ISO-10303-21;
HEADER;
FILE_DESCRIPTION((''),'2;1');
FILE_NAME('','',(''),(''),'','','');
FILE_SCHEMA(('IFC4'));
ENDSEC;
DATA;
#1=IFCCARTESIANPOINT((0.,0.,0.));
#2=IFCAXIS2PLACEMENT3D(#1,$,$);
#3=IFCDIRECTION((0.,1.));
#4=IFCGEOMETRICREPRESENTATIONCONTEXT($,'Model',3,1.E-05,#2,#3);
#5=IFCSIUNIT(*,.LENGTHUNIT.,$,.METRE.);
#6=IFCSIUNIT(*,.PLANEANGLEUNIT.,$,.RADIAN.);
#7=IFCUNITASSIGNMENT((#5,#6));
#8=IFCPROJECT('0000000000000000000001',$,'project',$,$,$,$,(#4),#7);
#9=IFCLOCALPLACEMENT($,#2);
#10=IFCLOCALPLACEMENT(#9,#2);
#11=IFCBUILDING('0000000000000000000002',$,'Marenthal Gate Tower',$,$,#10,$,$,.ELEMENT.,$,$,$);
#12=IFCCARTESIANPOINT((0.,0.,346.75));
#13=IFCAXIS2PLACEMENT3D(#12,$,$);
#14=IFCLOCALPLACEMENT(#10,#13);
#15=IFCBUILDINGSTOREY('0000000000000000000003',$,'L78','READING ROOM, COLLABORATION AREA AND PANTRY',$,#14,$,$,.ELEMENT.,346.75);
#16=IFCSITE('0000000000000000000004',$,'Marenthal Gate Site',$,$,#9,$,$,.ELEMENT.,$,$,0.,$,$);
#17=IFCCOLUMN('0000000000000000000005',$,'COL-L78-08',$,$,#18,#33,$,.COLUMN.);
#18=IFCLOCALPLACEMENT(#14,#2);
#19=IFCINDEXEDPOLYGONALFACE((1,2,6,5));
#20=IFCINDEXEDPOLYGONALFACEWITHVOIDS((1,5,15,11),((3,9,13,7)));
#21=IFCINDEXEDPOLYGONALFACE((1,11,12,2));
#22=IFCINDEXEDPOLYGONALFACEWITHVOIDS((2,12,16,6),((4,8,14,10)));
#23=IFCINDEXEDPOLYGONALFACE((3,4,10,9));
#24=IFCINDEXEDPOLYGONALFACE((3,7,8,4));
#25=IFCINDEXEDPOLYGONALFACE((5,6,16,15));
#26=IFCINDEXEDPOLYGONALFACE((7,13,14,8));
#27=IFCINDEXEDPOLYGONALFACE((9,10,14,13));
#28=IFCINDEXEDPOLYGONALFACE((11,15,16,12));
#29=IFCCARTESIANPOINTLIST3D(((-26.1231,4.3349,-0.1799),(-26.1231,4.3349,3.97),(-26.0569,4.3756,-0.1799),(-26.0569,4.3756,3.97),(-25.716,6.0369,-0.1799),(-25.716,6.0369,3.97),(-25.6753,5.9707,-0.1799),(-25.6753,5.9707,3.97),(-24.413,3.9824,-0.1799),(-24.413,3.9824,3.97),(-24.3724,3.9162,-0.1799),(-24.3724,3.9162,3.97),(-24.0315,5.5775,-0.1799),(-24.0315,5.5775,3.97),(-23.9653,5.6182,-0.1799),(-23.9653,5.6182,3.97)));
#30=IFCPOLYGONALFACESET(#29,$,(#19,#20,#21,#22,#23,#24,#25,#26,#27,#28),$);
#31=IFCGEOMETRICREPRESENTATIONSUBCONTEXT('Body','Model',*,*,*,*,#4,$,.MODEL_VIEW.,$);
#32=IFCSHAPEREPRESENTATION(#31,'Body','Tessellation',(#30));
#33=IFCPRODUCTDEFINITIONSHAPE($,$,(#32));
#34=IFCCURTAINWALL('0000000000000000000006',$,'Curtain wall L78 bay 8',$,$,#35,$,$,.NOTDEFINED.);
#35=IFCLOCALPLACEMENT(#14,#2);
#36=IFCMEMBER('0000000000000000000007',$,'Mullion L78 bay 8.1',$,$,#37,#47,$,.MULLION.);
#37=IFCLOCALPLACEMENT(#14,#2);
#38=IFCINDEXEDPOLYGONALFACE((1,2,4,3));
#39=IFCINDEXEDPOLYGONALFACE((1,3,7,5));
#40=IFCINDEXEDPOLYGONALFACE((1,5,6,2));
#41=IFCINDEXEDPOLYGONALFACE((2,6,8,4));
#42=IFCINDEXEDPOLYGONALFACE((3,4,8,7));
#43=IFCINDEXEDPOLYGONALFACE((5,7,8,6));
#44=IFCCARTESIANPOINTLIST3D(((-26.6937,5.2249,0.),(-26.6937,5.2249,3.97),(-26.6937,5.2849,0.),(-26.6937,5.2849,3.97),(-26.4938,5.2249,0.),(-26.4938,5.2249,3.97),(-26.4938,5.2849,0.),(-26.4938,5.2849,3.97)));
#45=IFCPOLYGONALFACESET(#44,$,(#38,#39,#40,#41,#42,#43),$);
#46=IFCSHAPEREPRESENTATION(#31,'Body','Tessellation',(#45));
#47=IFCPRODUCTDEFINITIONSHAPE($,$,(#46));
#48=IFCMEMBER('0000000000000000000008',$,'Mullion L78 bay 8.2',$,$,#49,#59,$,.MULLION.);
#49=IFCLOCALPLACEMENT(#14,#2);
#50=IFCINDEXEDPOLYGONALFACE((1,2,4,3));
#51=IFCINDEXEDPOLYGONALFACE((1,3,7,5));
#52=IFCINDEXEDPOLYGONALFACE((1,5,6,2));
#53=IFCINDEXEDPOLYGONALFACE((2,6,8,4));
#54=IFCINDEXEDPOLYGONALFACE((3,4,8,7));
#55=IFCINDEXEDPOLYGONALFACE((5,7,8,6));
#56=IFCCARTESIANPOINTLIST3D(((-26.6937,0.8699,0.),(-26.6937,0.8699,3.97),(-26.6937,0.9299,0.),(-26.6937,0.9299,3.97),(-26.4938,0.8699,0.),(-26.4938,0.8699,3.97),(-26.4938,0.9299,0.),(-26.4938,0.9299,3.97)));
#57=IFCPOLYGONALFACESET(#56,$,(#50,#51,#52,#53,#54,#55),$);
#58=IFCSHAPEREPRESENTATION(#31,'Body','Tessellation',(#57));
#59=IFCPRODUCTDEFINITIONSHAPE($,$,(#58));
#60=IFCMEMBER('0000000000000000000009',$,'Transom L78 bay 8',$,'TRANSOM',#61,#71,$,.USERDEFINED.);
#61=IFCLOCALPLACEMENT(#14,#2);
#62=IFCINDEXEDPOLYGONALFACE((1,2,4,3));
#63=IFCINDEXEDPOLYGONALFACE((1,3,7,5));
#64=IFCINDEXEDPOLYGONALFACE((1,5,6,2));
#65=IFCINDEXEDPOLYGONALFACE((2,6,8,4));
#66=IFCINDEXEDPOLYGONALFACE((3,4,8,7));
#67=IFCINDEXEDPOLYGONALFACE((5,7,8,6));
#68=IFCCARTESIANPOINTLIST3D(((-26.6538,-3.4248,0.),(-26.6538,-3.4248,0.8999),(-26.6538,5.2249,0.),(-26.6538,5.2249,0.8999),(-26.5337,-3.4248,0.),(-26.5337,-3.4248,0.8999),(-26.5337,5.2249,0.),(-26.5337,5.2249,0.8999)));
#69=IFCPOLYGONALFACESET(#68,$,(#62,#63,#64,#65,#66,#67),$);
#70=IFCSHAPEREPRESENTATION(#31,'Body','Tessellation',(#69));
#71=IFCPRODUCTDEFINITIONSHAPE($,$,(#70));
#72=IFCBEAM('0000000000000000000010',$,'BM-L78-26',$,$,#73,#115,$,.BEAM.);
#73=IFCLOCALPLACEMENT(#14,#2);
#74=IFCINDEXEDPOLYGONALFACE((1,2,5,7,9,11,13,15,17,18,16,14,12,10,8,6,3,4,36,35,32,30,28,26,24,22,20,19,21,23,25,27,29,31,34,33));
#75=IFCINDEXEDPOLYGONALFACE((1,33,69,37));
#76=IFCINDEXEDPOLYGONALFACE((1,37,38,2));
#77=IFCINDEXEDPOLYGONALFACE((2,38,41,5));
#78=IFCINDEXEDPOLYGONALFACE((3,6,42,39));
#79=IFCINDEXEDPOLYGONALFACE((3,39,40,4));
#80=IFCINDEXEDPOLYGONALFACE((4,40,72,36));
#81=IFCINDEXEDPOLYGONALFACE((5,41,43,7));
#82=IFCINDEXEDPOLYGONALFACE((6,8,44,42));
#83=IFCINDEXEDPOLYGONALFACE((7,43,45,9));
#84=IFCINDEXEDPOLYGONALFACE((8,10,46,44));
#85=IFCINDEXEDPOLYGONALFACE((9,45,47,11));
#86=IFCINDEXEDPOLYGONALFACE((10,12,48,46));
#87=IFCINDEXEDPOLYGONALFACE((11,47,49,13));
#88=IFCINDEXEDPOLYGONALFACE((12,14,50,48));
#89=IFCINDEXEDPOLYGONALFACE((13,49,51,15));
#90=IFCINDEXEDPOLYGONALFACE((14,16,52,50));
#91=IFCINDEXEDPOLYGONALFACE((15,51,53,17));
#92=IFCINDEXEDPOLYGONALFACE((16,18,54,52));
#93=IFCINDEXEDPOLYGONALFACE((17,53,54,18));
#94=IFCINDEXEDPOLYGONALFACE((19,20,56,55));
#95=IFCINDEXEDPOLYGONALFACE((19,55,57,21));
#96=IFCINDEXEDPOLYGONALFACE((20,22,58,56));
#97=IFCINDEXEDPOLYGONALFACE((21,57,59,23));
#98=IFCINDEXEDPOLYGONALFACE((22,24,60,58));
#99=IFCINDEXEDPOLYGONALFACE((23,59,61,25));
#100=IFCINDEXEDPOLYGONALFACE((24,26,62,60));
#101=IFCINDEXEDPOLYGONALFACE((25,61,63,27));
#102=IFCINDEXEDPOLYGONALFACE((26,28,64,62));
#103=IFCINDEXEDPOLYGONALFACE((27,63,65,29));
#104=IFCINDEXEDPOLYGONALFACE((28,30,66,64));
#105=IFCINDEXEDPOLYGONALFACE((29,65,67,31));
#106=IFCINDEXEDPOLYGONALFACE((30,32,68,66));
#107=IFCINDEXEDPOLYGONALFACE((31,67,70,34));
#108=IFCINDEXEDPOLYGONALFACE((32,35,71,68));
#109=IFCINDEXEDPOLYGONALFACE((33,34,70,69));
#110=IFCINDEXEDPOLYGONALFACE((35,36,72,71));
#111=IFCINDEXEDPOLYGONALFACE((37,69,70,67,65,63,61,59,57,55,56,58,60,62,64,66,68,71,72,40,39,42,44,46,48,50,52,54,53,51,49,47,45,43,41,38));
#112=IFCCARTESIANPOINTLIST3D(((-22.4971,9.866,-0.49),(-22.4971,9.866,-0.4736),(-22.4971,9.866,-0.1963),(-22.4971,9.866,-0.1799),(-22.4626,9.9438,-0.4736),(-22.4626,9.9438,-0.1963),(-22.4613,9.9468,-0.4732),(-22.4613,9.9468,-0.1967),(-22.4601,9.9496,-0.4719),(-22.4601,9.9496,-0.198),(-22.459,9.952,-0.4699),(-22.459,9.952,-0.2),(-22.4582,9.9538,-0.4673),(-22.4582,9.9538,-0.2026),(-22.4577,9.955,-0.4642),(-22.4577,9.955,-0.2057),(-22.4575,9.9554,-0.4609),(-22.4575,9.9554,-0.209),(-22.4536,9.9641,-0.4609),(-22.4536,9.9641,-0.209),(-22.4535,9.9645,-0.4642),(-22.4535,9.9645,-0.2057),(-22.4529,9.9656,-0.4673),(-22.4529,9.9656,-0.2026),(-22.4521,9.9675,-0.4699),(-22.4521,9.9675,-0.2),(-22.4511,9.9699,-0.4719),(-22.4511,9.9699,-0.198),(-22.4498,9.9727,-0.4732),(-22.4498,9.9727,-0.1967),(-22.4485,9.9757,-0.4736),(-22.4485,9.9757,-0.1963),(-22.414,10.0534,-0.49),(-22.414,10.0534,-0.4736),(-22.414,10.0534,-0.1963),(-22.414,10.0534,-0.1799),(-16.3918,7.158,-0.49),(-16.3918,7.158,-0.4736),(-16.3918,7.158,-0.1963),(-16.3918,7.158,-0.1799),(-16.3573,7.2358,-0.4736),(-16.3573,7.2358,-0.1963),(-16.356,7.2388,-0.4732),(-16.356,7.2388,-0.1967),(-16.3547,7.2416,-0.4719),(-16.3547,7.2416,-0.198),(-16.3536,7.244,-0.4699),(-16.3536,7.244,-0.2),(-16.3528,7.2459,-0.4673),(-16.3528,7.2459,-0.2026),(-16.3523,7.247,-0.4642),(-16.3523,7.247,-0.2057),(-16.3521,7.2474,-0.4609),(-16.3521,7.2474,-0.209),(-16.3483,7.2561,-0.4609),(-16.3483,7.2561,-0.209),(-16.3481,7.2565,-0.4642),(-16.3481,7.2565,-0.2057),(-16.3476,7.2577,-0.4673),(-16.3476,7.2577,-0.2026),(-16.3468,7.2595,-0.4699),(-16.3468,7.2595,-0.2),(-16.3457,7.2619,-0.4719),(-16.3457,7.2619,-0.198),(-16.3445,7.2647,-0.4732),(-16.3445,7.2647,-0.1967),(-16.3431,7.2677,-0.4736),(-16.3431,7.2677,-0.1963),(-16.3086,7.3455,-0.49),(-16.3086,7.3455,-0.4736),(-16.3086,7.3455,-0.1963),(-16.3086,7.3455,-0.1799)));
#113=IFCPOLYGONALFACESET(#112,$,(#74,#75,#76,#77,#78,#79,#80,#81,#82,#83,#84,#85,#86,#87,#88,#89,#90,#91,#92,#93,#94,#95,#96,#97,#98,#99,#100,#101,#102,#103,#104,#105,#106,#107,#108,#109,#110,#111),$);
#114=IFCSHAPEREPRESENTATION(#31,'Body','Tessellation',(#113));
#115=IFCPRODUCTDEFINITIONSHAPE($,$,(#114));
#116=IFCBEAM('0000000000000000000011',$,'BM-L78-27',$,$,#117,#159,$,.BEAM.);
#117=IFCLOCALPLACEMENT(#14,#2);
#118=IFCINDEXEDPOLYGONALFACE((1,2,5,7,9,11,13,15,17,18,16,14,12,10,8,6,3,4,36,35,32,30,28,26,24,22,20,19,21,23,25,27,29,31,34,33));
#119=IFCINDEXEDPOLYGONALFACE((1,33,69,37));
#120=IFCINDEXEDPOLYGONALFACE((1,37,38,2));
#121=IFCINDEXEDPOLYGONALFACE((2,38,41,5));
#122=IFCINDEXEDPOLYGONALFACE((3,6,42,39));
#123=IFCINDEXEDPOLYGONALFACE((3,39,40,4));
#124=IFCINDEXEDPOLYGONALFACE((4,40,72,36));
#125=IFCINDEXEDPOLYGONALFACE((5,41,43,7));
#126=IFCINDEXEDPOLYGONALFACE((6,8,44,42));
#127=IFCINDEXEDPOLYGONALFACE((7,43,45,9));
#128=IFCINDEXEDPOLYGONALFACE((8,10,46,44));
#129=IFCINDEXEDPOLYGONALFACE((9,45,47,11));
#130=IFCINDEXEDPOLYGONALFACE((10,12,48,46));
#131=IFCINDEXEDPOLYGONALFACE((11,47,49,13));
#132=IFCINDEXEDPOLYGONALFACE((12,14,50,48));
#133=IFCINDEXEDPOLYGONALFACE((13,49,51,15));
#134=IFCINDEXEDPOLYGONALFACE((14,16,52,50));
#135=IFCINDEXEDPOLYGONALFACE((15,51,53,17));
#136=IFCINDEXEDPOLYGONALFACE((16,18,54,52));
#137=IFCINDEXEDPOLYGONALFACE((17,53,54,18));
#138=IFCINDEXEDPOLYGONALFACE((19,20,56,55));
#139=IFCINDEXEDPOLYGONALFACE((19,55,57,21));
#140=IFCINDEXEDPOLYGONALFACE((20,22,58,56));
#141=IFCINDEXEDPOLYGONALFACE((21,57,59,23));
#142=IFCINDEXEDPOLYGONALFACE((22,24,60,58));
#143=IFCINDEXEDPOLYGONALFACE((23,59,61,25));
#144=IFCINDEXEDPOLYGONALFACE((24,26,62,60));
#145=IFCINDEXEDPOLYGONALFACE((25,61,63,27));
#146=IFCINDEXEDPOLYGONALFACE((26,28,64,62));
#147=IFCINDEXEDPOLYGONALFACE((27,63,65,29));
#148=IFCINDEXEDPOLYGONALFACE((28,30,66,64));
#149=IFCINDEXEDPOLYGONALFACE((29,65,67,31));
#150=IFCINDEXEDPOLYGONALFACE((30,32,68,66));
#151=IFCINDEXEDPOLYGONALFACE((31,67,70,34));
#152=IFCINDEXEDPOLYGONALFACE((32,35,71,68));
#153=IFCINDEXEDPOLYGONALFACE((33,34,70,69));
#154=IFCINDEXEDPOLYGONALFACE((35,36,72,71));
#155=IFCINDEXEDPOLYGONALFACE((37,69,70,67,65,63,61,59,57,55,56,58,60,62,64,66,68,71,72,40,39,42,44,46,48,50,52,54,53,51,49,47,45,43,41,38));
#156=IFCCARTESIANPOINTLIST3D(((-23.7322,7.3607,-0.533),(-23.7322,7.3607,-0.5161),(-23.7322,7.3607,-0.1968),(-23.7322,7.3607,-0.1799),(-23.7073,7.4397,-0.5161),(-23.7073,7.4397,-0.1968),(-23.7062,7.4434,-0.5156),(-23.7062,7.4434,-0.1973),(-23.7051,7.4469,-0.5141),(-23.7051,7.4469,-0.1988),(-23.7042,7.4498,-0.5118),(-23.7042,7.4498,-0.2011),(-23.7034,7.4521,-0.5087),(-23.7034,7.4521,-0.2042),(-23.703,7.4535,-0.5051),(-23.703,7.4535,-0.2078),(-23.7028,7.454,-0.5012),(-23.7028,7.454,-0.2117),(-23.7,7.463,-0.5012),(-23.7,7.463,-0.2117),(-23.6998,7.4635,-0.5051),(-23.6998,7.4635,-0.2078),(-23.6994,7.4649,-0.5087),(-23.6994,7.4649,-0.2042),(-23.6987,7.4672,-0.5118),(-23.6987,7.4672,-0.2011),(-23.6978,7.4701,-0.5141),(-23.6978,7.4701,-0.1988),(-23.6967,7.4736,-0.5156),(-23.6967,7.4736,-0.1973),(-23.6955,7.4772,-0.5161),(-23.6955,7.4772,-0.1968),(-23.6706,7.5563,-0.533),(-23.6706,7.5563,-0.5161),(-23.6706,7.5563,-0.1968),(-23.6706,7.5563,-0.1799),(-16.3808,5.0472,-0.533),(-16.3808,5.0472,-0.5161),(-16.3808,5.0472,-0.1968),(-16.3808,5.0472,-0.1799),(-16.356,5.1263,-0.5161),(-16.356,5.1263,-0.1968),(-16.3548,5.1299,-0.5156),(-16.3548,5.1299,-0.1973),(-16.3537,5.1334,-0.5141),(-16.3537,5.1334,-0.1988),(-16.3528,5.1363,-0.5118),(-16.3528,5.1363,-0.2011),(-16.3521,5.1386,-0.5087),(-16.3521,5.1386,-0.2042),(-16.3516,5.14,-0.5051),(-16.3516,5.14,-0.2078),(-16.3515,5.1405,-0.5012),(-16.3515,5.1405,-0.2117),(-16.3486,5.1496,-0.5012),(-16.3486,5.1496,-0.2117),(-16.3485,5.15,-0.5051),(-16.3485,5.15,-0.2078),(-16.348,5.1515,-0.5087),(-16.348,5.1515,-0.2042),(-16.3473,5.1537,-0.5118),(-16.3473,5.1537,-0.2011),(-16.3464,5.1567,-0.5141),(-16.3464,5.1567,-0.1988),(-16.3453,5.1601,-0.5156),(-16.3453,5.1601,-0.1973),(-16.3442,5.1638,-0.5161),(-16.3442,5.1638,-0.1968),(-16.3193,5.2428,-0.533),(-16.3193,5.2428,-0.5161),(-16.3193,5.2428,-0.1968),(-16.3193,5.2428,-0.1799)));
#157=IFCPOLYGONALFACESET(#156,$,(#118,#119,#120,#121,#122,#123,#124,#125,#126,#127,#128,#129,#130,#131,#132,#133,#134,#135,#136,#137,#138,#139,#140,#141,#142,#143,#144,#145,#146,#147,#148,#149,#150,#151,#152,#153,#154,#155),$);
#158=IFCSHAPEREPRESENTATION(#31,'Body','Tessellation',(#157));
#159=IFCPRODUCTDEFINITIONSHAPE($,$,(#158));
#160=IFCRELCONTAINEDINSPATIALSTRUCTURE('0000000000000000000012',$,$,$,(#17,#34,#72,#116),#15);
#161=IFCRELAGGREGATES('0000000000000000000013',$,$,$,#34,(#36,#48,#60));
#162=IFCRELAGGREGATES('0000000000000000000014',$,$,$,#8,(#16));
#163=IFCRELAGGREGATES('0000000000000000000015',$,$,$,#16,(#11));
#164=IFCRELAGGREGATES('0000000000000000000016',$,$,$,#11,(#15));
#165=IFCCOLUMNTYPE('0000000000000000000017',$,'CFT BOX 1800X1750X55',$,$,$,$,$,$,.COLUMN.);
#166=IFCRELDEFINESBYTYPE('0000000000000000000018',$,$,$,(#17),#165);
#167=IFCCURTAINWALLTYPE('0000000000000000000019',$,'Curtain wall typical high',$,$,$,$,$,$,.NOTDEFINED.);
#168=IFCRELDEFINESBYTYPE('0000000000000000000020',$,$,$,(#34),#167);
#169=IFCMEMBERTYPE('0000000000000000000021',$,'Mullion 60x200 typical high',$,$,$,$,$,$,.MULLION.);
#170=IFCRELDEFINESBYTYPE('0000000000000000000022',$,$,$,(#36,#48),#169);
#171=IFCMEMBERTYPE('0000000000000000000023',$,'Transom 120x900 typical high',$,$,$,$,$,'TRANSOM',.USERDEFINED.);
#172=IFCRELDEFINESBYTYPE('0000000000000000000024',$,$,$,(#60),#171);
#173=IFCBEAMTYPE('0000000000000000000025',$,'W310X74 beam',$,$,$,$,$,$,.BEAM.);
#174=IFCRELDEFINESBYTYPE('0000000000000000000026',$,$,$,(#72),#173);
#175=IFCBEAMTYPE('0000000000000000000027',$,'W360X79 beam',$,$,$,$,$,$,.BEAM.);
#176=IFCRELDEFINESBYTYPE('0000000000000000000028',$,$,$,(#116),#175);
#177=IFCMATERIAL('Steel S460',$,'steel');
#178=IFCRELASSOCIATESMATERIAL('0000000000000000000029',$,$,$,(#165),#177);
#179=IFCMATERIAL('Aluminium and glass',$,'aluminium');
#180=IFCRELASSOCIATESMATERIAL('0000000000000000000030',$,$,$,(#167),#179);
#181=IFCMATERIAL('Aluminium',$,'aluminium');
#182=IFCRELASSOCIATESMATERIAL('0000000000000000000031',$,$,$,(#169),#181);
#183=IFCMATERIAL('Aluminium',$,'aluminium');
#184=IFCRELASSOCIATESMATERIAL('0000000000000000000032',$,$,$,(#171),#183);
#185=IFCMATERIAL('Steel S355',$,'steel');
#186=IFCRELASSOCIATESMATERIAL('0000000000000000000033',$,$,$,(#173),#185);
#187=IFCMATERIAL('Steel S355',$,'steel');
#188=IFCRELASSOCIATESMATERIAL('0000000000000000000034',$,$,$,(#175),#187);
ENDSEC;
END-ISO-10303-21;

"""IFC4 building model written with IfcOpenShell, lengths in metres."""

from ifc_helpers import new_model, si_unit, direction, frame, origin, origin_2d, place, context, subcontext, project, spatial, rectangle, hollow_rectangle, i_section, extrude, material, material_profile, profile_set, type_object, element, aggregate, save


model = new_model("IFC4")

# Units and contexts
model_context = context("Model", 3, precision=1e-05, world=origin(), true_north=direction((0.0, 1.0)))
body_context = subcontext(model_context, "Body", "Model", "MODEL_VIEW")
ifc_project = project(units=[si_unit("LENGTHUNIT", "METRE"), si_unit("PLANEANGLEUNIT", "RADIAN")], contexts=[model_context])

# Site, building, storey
site_placement = place(None, origin())
site = spatial("IfcSite", under=ifc_project, at=site_placement, Name="Marenthal Gate Site", CompositionType="ELEMENT", RefElevation=0.0)
building_placement = place(site_placement, origin())
building = spatial("IfcBuilding", under=site, at=building_placement, Name="Marenthal Gate Tower", CompositionType="ELEMENT")
storey_placement = place(building_placement, frame((0.0, 0.0, 346.75)))
storey = spatial("IfcBuildingStorey", under=building, at=storey_placement, Name="L78", Description="READING ROOM, COLLABORATION AREA AND PANTRY", CompositionType="ELEMENT", Elevation=346.75)

# Column
ifc_material_1 = material(Name="Steel S460", Category="steel")
ifc_material_profile_1 = material_profile(ifc_material_1, hollow_rectangle(XDim=1.75, YDim=1.8, WallThickness=0.0549, at=origin_2d()), Name="CFT BOX 1800X1750X55")
ifc_material_2 = material(Name="Concrete 70 MPa", Category="concrete")
ifc_material_profile_2 = material_profile(ifc_material_2, rectangle(XDim=1.6399, YDim=1.6899, at=origin_2d()), Name="CFT BOX 1800X1750X55 INFILL")
ifc_profile_set_1 = profile_set([ifc_material_profile_1, ifc_material_profile_2], Name="Steel S460 shell, Concrete 70 MPa infill")
column_type = type_object("IfcColumnType", Name="CFT BOX 1800X1750X55", PredefinedType="COLUMN", material=ifc_profile_set_1)
column_placement = place(storey_placement, frame((-25.0442, 4.9766, -0.1799), z_axis=(0.0, 0.0, 1.0), x_axis=(0.232626, 0.972566, 0.0)))
element("IfcColumn", 1, at=column_placement, inside=storey, type_object=column_type, Name="COL-L78-08", PredefinedType="COLUMN", context=body_context, shape_type="SweptSolid", body=[
    extrude(hollow_rectangle(XDim=1.75, YDim=1.8, WallThickness=0.0549, at=origin_2d()), origin(), (0.0, 0.0, 1.0), 4.1499),
])

# Curtain wall, members
ifc_material_3 = material(Name="Aluminium and glass", Category="aluminium")
curtain_wall_type = type_object("IfcCurtainWallType", Name="Curtain wall typical high", PredefinedType="NOTDEFINED", material=ifc_material_3)
curtain_wall_placement = place(storey_placement, origin())
curtain_wall = element("IfcCurtainWall", 2, at=curtain_wall_placement, inside=storey, type_object=curtain_wall_type, Name="Curtain wall L78 bay 8", PredefinedType="NOTDEFINED")
ifc_material_4 = material(Name="Aluminium", Category="aluminium")
ifc_material_profile_3 = material_profile(ifc_material_4, rectangle(XDim=0.2, YDim=0.0601, at=origin_2d()), Name="60x200 aluminium mullion")
ifc_profile_set_2 = profile_set([ifc_material_profile_3], Name="Aluminium")
member_type_1 = type_object("IfcMemberType", Name="Mullion 60x200 typical high", PredefinedType="MULLION", material=ifc_profile_set_2)
member_1_placement = place(storey_placement, frame((-26.5938, 5.2549, 0.0), z_axis=(0.0, 0.0, 1.0), x_axis=(1.0, 0.0, 0.0)))
member_1 = element("IfcMember", 3, at=member_1_placement, type_object=member_type_1, Name="Mullion L78 bay 8.1", PredefinedType="MULLION", context=body_context, shape_type="SweptSolid", body=[
    extrude(rectangle(XDim=0.2, YDim=0.0601, at=origin_2d()), origin(), (0.0, 0.0, 1.0), 3.97),
])
member_2_placement = place(storey_placement, frame((-26.5938, 0.8999, 0.0), z_axis=(0.0, 0.0, 1.0), x_axis=(1.0, 0.0, 0.0)))
member_2 = element("IfcMember", 4, at=member_2_placement, type_object=member_type_1, Name="Mullion L78 bay 8.2", PredefinedType="MULLION", context=body_context, shape_type="SweptSolid", body=[
    extrude(rectangle(XDim=0.2, YDim=0.0601, at=origin_2d()), origin(), (0.0, 0.0, 1.0), 3.97),
])
ifc_material_5 = material(Name="Aluminium", Category="aluminium")
ifc_material_profile_4 = material_profile(ifc_material_5, rectangle(XDim=0.1201, YDim=0.8999, at=origin_2d()), Name="120x900 aluminium transom")
ifc_profile_set_3 = profile_set([ifc_material_profile_4], Name="Aluminium")
member_type_2 = type_object("IfcMemberType", Name="Transom 120x900 typical high", ElementType="TRANSOM", PredefinedType="USERDEFINED", material=ifc_profile_set_3)
member_3_placement = place(storey_placement, frame((-26.5938, 5.2249, 0.45), z_axis=(0.0, -1.0, 0.0), x_axis=(1.0, 0.0, 0.0)))
member_3 = element("IfcMember", 5, at=member_3_placement, type_object=member_type_2, Name="Transom L78 bay 8", ObjectType="TRANSOM", PredefinedType="USERDEFINED", context=body_context, shape_type="SweptSolid", body=[
    extrude(rectangle(XDim=0.1201, YDim=0.8999, at=origin_2d()), origin(), (0.0, 0.0, 1.0), 8.6497),
])

# Beams
ifc_material_6 = material(Name="Steel S355", Category="steel")
ifc_material_profile_5 = material_profile(ifc_material_6, i_section(OverallWidth=0.2051, OverallDepth=0.3101, WebThickness=0.0095, FlangeThickness=0.0164, FilletRadius=0.0127, at=origin_2d()), Name="W310X74")
ifc_profile_set_4 = profile_set([ifc_material_profile_5], Name="Steel S355")
beam_type_1 = type_object("IfcBeamType", Name="W310X74 beam", PredefinedType="BEAM", material=ifc_profile_set_4)
beam_1_placement = place(storey_placement, frame((-22.4556, 9.9597, -0.335), z_axis=(0.914119, -0.405446, 0.0), x_axis=(0.405446, 0.914119, 0.0)))
element("IfcBeam", 6, at=beam_1_placement, inside=storey, type_object=beam_type_1, Name="BM-L78-26", PredefinedType="BEAM", context=body_context, shape_type="SweptSolid", body=[
    extrude(i_section(OverallWidth=0.2051, OverallDepth=0.3101, WebThickness=0.0095, FlangeThickness=0.0164, FilletRadius=0.0127, at=origin_2d()), origin(), (0.0, 0.0, 1.0), 6.679),
])
ifc_material_7 = material(Name="Steel S355", Category="steel")
ifc_material_profile_6 = material_profile(ifc_material_7, i_section(OverallWidth=0.2051, OverallDepth=0.353, WebThickness=0.0095, FlangeThickness=0.0168, FilletRadius=0.0149, at=origin_2d()), Name="W360X79")
ifc_profile_set_5 = profile_set([ifc_material_profile_6], Name="Steel S355")
beam_type_2 = type_object("IfcBeamType", Name="W360X79 beam", PredefinedType="BEAM", material=ifc_profile_set_5)
beam_2_placement = place(storey_placement, frame((-23.7014, 7.4585, -0.3564), z_axis=(0.95388, -0.300188, 0.0), x_axis=(0.300188, 0.95388, 0.0)))
element("IfcBeam", 7, at=beam_2_placement, inside=storey, type_object=beam_type_2, Name="BM-L78-27", PredefinedType="BEAM", context=body_context, shape_type="SweptSolid", body=[
    extrude(i_section(OverallWidth=0.2051, OverallDepth=0.353, WebThickness=0.0095, FlangeThickness=0.0168, FilletRadius=0.0149, at=origin_2d()), origin(), (0.0, 0.0, 1.0), 7.7068),
])

aggregate(curtain_wall, [member_1, member_2, member_3])

save(model, "model.ifc")
